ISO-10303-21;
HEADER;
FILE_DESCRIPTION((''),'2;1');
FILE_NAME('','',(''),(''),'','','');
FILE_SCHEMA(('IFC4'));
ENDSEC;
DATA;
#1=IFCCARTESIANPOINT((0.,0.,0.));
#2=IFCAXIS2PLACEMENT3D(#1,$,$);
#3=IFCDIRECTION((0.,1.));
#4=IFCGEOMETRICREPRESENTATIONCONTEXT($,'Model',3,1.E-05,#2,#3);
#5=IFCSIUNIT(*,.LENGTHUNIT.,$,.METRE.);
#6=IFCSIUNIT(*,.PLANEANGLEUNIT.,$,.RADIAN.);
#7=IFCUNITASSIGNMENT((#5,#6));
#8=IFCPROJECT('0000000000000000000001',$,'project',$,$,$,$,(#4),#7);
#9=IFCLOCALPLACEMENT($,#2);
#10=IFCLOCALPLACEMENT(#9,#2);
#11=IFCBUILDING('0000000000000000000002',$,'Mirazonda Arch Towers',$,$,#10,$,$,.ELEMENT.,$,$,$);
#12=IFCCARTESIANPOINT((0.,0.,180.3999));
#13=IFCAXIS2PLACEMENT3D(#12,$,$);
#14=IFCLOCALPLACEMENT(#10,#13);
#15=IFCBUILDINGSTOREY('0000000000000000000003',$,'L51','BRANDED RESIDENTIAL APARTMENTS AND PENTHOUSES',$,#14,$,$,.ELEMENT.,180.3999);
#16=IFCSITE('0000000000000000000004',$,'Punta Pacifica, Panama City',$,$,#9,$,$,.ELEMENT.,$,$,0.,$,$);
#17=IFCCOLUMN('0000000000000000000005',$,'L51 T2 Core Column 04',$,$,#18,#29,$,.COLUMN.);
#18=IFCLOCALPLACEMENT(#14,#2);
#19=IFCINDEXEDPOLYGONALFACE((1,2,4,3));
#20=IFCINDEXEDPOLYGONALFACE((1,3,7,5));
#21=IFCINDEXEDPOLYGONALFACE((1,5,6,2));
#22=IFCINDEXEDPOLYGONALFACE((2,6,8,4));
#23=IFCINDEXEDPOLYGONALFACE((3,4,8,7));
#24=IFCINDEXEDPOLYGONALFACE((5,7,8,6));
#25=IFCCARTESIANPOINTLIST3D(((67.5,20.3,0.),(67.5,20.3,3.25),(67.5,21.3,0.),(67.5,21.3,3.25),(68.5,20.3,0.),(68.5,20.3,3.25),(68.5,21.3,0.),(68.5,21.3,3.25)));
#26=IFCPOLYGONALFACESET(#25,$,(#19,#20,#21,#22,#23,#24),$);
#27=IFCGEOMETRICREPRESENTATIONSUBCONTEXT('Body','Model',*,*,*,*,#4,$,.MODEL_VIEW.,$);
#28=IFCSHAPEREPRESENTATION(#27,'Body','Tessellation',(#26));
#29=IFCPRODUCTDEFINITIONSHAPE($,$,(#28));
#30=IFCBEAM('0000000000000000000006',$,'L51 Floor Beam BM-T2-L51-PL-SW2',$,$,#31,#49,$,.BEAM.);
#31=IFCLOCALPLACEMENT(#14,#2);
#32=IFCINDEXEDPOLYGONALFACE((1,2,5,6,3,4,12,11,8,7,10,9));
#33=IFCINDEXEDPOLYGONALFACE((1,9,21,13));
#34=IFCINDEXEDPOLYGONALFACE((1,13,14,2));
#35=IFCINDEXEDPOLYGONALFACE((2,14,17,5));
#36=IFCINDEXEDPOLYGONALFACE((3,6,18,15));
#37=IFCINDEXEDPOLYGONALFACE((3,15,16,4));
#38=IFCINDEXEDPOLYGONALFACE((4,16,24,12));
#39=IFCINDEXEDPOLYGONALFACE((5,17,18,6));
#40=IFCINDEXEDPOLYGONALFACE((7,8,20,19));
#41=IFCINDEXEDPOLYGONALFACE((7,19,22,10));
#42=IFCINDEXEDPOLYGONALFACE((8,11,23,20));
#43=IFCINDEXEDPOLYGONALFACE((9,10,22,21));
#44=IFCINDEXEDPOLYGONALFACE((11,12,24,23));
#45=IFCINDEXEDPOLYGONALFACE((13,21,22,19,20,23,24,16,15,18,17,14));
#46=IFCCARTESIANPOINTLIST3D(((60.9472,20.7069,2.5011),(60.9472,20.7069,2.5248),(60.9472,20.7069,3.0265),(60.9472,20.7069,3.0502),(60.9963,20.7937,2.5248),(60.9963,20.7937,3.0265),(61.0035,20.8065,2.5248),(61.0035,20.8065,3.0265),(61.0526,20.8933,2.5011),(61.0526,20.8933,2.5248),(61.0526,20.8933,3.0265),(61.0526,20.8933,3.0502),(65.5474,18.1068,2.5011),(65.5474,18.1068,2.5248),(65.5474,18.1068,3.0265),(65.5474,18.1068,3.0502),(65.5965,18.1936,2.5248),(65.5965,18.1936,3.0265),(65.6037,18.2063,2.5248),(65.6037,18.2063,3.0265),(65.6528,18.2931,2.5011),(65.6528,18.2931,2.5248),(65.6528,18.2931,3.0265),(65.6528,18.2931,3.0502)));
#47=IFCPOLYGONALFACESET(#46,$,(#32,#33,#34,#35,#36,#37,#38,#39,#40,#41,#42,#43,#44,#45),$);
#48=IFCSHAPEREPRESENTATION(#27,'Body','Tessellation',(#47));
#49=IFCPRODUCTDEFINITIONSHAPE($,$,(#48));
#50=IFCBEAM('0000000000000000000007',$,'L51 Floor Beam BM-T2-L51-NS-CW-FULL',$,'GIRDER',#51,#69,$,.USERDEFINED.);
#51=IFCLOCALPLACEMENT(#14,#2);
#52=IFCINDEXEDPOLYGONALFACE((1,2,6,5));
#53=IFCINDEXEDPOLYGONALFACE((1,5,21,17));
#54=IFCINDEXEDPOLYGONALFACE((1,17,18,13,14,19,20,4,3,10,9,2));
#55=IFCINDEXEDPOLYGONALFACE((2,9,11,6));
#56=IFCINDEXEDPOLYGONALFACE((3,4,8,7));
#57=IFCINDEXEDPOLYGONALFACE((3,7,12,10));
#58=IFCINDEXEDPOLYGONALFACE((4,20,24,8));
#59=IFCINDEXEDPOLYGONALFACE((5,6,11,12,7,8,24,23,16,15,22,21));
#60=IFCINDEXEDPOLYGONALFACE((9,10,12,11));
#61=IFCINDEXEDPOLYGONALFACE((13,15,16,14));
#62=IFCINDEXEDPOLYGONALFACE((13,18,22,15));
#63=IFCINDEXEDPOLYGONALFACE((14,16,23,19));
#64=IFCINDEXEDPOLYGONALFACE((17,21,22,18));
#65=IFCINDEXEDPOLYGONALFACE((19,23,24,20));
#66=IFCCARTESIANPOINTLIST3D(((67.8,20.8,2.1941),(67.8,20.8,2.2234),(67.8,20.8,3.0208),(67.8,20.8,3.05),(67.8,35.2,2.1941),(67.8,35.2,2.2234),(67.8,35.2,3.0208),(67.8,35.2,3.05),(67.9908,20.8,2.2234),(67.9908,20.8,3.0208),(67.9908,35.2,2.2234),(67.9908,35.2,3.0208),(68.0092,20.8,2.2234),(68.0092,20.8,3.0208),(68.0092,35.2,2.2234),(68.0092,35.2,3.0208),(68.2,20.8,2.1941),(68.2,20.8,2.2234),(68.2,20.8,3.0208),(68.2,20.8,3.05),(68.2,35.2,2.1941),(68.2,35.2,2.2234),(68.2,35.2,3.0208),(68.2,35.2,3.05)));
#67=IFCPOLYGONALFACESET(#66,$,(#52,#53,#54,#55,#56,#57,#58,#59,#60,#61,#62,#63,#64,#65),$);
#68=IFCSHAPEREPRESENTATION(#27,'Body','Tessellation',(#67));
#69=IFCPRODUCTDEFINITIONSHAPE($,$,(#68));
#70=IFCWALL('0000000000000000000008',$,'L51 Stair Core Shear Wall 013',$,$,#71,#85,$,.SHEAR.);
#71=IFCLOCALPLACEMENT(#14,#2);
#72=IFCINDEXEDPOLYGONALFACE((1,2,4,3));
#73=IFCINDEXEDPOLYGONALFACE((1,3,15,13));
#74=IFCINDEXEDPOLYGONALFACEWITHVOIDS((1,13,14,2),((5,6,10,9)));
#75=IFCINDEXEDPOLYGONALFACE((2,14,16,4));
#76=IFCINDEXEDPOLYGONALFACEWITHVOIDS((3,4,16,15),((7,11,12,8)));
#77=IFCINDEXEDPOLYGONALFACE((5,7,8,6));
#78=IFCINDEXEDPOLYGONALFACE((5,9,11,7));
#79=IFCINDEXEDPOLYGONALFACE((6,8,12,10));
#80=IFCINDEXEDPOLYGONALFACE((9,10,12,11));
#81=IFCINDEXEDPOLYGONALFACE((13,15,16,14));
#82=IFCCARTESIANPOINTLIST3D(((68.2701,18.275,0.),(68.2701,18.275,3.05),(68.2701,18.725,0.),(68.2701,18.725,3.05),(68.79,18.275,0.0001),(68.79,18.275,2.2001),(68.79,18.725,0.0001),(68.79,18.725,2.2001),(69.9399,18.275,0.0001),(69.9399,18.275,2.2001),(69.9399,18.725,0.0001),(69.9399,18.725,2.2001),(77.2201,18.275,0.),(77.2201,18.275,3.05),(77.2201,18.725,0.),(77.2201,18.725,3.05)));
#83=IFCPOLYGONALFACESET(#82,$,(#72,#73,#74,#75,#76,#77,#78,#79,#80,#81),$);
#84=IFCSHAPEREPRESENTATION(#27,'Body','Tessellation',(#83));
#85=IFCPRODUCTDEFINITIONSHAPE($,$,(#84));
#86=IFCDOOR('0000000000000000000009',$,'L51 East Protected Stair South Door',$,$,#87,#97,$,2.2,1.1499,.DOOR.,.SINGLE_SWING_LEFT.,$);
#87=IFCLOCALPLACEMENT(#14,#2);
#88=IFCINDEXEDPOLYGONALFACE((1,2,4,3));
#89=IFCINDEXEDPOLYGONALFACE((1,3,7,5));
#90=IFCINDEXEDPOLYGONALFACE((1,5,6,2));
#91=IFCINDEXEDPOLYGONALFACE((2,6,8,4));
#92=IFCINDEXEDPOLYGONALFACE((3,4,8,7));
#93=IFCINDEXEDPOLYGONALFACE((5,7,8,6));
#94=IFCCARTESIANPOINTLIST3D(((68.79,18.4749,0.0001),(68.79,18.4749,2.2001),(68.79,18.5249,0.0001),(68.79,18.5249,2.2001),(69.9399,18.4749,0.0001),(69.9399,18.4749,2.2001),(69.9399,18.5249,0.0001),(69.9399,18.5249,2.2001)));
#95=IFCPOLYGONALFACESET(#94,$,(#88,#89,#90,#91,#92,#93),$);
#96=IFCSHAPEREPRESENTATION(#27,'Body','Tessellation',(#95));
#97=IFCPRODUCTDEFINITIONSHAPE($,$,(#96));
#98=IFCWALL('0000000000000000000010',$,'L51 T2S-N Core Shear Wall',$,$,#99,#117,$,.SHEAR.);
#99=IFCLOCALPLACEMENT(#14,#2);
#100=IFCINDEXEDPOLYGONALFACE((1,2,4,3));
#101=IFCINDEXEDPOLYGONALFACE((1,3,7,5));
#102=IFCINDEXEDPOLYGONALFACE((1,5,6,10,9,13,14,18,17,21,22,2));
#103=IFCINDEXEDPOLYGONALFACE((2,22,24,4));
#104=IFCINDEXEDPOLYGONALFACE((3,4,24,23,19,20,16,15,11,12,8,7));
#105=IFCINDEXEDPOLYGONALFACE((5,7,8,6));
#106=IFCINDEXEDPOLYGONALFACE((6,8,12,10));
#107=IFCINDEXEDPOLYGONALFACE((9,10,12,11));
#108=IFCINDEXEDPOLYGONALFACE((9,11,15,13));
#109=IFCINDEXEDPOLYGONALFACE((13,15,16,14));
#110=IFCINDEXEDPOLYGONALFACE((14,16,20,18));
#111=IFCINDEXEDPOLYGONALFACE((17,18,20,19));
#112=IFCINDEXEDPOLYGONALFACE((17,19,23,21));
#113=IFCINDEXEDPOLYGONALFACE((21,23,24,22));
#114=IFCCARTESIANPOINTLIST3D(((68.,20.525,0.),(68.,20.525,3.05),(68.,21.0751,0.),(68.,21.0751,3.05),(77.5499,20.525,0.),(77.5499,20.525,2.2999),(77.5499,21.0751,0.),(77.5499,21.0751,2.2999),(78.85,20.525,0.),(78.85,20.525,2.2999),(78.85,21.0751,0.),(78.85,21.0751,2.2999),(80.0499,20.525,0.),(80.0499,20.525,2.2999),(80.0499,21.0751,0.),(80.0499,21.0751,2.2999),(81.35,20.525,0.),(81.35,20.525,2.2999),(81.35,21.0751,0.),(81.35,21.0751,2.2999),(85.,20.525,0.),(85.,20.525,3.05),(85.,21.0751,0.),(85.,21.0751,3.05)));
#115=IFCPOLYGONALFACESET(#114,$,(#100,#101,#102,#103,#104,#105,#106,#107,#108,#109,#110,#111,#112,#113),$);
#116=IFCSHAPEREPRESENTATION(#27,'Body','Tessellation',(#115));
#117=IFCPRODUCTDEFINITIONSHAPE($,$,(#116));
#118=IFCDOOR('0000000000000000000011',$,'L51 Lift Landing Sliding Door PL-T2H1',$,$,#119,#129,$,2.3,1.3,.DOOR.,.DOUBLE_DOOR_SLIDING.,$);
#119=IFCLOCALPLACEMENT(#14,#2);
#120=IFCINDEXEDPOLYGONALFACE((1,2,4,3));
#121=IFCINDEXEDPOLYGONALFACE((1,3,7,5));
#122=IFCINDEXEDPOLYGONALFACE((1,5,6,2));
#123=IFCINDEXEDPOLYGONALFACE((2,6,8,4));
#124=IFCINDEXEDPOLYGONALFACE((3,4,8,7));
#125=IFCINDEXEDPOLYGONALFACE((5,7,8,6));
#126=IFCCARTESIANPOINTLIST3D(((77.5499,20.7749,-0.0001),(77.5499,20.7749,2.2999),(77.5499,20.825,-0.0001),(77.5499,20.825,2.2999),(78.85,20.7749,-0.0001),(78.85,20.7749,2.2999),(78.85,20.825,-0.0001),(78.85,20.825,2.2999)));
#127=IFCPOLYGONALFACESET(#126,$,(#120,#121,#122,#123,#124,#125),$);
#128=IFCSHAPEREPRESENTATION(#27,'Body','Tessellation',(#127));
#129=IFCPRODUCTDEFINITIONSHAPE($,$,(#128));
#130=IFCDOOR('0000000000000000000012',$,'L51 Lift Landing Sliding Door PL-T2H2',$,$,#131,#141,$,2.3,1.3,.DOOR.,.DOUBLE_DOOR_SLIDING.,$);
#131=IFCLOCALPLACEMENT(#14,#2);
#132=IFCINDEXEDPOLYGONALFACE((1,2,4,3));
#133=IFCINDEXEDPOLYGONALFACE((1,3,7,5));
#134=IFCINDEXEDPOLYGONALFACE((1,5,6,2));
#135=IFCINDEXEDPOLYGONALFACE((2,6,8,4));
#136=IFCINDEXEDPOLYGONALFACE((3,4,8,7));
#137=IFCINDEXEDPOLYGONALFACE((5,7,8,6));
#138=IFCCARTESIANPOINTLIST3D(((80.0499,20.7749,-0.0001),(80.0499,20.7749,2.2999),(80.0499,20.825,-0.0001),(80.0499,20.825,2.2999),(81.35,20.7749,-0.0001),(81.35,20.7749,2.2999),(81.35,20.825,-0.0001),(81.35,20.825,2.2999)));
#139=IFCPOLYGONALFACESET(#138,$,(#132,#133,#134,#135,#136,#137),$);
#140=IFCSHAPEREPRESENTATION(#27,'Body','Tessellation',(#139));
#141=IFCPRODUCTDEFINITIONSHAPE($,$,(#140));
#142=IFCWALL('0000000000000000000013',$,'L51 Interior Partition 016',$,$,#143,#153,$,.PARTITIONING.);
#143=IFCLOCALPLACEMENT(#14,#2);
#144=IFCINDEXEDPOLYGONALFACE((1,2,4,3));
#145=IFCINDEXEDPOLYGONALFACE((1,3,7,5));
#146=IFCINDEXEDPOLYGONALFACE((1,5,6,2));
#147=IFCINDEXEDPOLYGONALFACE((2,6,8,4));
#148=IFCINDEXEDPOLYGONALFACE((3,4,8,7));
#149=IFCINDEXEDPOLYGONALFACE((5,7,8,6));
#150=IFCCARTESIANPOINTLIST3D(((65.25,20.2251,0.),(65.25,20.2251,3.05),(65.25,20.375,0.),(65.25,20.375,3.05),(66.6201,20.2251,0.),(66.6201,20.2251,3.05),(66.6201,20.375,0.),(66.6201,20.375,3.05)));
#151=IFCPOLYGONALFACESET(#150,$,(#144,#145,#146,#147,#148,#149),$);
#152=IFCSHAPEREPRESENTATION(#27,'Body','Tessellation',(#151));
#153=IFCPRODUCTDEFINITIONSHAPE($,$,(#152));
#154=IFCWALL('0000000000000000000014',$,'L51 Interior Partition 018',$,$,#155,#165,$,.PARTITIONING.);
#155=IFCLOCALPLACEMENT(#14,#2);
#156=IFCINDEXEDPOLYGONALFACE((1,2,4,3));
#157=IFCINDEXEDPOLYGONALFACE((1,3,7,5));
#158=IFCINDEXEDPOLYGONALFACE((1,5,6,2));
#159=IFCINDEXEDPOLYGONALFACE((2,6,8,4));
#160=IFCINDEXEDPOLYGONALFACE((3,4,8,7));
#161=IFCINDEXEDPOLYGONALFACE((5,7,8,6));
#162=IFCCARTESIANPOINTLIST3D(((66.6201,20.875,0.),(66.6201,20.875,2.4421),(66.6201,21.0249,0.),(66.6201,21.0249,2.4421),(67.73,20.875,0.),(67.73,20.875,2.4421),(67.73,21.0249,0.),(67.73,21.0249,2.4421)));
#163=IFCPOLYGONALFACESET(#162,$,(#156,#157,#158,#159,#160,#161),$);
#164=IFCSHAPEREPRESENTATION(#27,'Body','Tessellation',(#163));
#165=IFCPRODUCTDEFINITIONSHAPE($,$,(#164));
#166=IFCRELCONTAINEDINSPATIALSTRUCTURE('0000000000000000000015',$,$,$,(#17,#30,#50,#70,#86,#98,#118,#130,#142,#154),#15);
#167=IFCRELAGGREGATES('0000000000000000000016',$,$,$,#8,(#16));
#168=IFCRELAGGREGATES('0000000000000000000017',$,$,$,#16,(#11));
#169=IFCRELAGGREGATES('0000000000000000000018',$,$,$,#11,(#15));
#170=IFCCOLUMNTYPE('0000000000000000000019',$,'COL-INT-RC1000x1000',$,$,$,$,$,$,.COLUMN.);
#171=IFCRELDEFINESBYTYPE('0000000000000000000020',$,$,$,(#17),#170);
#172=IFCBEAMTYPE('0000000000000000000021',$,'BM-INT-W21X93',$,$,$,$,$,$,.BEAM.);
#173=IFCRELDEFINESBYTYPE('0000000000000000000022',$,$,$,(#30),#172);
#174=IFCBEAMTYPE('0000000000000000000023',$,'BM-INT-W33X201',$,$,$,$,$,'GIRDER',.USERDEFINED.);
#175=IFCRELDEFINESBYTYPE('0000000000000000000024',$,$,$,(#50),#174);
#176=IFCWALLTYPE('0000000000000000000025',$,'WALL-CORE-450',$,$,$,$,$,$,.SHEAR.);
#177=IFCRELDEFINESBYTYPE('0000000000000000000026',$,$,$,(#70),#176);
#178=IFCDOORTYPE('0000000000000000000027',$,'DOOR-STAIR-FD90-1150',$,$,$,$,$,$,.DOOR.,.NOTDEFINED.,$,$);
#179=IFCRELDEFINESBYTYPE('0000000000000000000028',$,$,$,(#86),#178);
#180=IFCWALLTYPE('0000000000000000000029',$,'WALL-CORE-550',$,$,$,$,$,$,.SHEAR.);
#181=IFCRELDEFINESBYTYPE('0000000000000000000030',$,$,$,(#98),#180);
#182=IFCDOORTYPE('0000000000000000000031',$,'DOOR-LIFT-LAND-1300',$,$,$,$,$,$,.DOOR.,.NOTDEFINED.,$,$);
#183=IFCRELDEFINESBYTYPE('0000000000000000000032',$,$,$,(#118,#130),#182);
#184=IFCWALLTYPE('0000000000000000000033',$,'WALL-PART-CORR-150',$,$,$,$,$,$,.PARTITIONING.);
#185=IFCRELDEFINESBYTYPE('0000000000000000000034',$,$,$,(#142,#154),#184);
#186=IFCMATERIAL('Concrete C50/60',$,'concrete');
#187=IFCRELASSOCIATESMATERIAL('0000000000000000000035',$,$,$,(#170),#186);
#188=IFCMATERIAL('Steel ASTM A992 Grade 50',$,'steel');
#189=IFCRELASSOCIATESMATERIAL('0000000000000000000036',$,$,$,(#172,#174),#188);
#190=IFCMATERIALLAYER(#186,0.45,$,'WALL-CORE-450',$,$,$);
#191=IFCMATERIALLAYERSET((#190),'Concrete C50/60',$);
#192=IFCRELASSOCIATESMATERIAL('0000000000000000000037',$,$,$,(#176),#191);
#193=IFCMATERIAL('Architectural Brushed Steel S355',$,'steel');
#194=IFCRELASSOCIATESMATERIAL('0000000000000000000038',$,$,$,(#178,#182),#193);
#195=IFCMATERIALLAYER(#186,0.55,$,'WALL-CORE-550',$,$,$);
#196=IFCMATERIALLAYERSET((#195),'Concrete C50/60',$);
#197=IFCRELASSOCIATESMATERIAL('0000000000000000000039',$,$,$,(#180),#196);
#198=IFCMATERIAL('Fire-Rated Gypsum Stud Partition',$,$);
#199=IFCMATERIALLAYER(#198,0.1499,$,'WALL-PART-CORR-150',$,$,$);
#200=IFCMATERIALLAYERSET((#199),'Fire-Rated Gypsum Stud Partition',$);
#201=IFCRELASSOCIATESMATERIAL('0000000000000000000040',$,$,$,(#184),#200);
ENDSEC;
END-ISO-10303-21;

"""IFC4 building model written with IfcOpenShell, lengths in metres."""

from ifc_helpers import new_model, si_unit, direction, frame, frame_2d, origin, origin_2d, place, context, subcontext, project, spatial, rectangle, i_section, extrude, material, layer, layer_set, material_profile, profile_set, type_object, element, fill, save


model = new_model("IFC4")

# Units and contexts
model_context = context("Model", 3, precision=1e-05, world=origin(), true_north=direction((0.0, 1.0)))
body_context = subcontext(model_context, "Body", "Model", "MODEL_VIEW")
ifc_project = project(units=[si_unit("LENGTHUNIT", "METRE"), si_unit("PLANEANGLEUNIT", "RADIAN")], contexts=[model_context])

# Site, building, storey
site_placement = place(None, origin())
site = spatial("IfcSite", under=ifc_project, at=site_placement, Name="Punta Pacifica, Panama City", CompositionType="ELEMENT", RefElevation=0.0)
building_placement = place(site_placement, origin())
building = spatial("IfcBuilding", under=site, at=building_placement, Name="Mirazonda Arch Towers", CompositionType="ELEMENT")
storey_placement = place(building_placement, frame((0.0, 0.0, 180.3999)))
storey = spatial("IfcBuildingStorey", under=building, at=storey_placement, Name="L51", Description="BRANDED RESIDENTIAL APARTMENTS AND PENTHOUSES", CompositionType="ELEMENT", Elevation=180.3999)

# Column
ifc_material_1 = material(Name="Concrete C50/60", Category="concrete")
ifc_material_profile_1 = material_profile(ifc_material_1, rectangle(XDim=1.0, YDim=1.0, at=origin_2d()), Name="RC1000x1000")
ifc_profile_set_1 = profile_set([ifc_material_profile_1], Name="Concrete C50/60")
column_type = type_object("IfcColumnType", Name="COL-INT-RC1000x1000", PredefinedType="COLUMN", material=ifc_profile_set_1)
column_placement = place(storey_placement, frame((68.0, 20.8, 0.0), z_axis=(0.0, 0.0, 1.0), x_axis=(1.0, 0.0, 0.0)))
element("IfcColumn", 1, at=column_placement, inside=storey, type_object=column_type, Name="L51 T2 Core Column 04", PredefinedType="COLUMN", context=body_context, shape_type="SweptSolid", body=[
    extrude(rectangle(XDim=1.0, YDim=1.0, at=origin_2d()), origin(), (0.0, 0.0, 1.0), 3.25),
])

# Beams
ifc_material_2 = material(Name="Steel ASTM A992 Grade 50", Category="steel")
ifc_material_profile_2 = material_profile(ifc_material_2, i_section(OverallWidth=0.2141, OverallDepth=0.5491, WebThickness=0.0146, FlangeThickness=0.0237, at=origin_2d()), Name="W21X93")
ifc_profile_set_2 = profile_set([ifc_material_profile_2], Name="Steel ASTM A992 Grade 50")
beam_type_1 = type_object("IfcBeamType", Name="BM-INT-W21X93", PredefinedType="BEAM", material=ifc_profile_set_2)
beam_1_placement = place(storey_placement, frame((65.6001, 18.2, 2.7756), z_axis=(-0.870559, 0.492063, 0.0), x_axis=(-0.492063, -0.870559, 0.0)))
element("IfcBeam", 2, at=beam_1_placement, inside=storey, type_object=beam_type_1, Name="L51 Floor Beam BM-T2-L51-PL-SW2", PredefinedType="BEAM", context=body_context, shape_type="SweptSolid", body=[
    extrude(i_section(OverallWidth=0.2141, OverallDepth=0.5491, WebThickness=0.0146, FlangeThickness=0.0237, at=origin_2d()), origin(), (0.0, 0.0, 1.0), 5.2842),
])
ifc_material_profile_3 = material_profile(ifc_material_2, i_section(OverallWidth=0.3999, OverallDepth=0.856, WebThickness=0.0183, FlangeThickness=0.0293, at=origin_2d()), Name="W33X201")
ifc_profile_set_3 = profile_set([ifc_material_profile_3], Name="Steel ASTM A992 Grade 50")
beam_type_2 = type_object("IfcBeamType", Name="BM-INT-W33X201", ElementType="GIRDER", PredefinedType="USERDEFINED", material=ifc_profile_set_3)
beam_2_placement = place(storey_placement, frame((68.0, 20.8, 2.6221), z_axis=(0.0, 1.0, 0.0), x_axis=(-1.0, 0.0, 0.0)))
element("IfcBeam", 3, at=beam_2_placement, inside=storey, type_object=beam_type_2, Name="L51 Floor Beam BM-T2-L51-NS-CW-FULL", ObjectType="GIRDER", PredefinedType="USERDEFINED", context=body_context, shape_type="SweptSolid", body=[
    extrude(i_section(OverallWidth=0.3999, OverallDepth=0.856, WebThickness=0.0183, FlangeThickness=0.0293, at=origin_2d()), origin(), (0.0, 0.0, 1.0), 14.3999),
])

# Wall, opening, door
ifc_layer_1 = layer(ifc_material_1, 0.45, Name="WALL-CORE-450")
ifc_layer_set_1 = layer_set([ifc_layer_1], Name="Concrete C50/60")
wall_type_1 = type_object("IfcWallType", Name="WALL-CORE-450", PredefinedType="SHEAR", material=ifc_layer_set_1)
wall_1_placement = place(storey_placement, frame((68.27, 18.5, 0.0), z_axis=(0.0, 0.0, 1.0), x_axis=(1.0, 0.0, 0.0)))
wall_1 = element("IfcWall", 4, at=wall_1_placement, inside=storey, type_object=wall_type_1, Name="L51 Stair Core Shear Wall 013", PredefinedType="SHEAR", context=body_context, shape_type="SweptSolid", body=[
    extrude(rectangle(XDim=8.95, YDim=0.45, at=frame_2d((4.4751, 0.0))), origin(), (0.0, 0.0, 1.0), 3.05),
])
opening_1_placement = place(wall_1_placement, frame((0.52, 0.0, 0.0)))
opening_1 = element("IfcOpeningElement", 5, at=opening_1_placement, cuts=wall_1, PredefinedType="OPENING", context=body_context, shape_type="SweptSolid", body=[
    extrude(rectangle(XDim=1.1499, YDim=2.2, at=frame_2d((0.575, 1.1001))), frame((0.0, 0.2349, 0.0), z_axis=(0.0, -1.0, 0.0), x_axis=(1.0, 0.0, 0.0)), (0.0, 0.0, 1.0), 0.47),
])
ifc_material_3 = material(Name="Architectural Brushed Steel S355", Category="steel")
door_type_1 = type_object("IfcDoorType", Name="DOOR-STAIR-FD90-1150", OperationType="NOTDEFINED", PredefinedType="DOOR", material=ifc_material_3)
door_1_placement = place(opening_1_placement, origin())
door_1 = element("IfcDoor", 6, at=door_1_placement, inside=storey, type_object=door_type_1, Name="L51 East Protected Stair South Door", OperationType="SINGLE_SWING_LEFT", OverallHeight=2.2, OverallWidth=1.1499, PredefinedType="DOOR", context=body_context, shape_type="SweptSolid", body=[
    extrude(rectangle(XDim=1.1499, YDim=2.2, at=frame_2d((0.575, 1.1001))), frame((0.0, 0.0249, 0.0), z_axis=(0.0, -1.0, 0.0), x_axis=(1.0, 0.0, 0.0)), (0.0, 0.0, 1.0), 0.05),
])
fill(opening_1, door_1)

# Wall, openings, doors
ifc_layer_2 = layer(ifc_material_1, 0.55, Name="WALL-CORE-550")
ifc_layer_set_2 = layer_set([ifc_layer_2], Name="Concrete C50/60")
wall_type_2 = type_object("IfcWallType", Name="WALL-CORE-550", PredefinedType="SHEAR", material=ifc_layer_set_2)
wall_2_placement = place(storey_placement, frame((68.0, 20.8, 0.0), z_axis=(0.0, 0.0, 1.0), x_axis=(1.0, 0.0, 0.0)))
wall_2 = element("IfcWall", 7, at=wall_2_placement, inside=storey, type_object=wall_type_2, Name="L51 T2S-N Core Shear Wall", PredefinedType="SHEAR", context=body_context, shape_type="SweptSolid", body=[
    extrude(rectangle(XDim=17.0, YDim=0.55, at=frame_2d((8.5, 0.0))), origin(), (0.0, 0.0, 1.0), 3.05),
])
opening_2_placement = place(wall_2_placement, frame((9.55, 0.0, 0.0)))
opening_2 = element("IfcOpeningElement", 8, at=opening_2_placement, cuts=wall_2, PredefinedType="OPENING", context=body_context, shape_type="SweptSolid", body=[
    extrude(rectangle(XDim=1.3, YDim=2.3, at=frame_2d((0.6499, 1.1499))), frame((0.0, 0.2849, 0.0), z_axis=(0.0, -1.0, 0.0), x_axis=(1.0, 0.0, 0.0)), (0.0, 0.0, 1.0), 0.5701),
])
opening_3_placement = place(wall_2_placement, frame((12.05, 0.0, 0.0)))
opening_3 = element("IfcOpeningElement", 9, at=opening_3_placement, cuts=wall_2, PredefinedType="OPENING", context=body_context, shape_type="SweptSolid", body=[
    extrude(rectangle(XDim=1.3, YDim=2.3, at=frame_2d((0.6499, 1.1499))), frame((0.0, 0.2849, 0.0), z_axis=(0.0, -1.0, 0.0), x_axis=(1.0, 0.0, 0.0)), (0.0, 0.0, 1.0), 0.5701),
])
door_type_2 = type_object("IfcDoorType", Name="DOOR-LIFT-LAND-1300", OperationType="NOTDEFINED", PredefinedType="DOOR", material=ifc_material_3)
door_2_placement = place(opening_2_placement, origin())
door_2 = element("IfcDoor", 10, at=door_2_placement, inside=storey, type_object=door_type_2, Name="L51 Lift Landing Sliding Door PL-T2H1", OperationType="DOUBLE_DOOR_SLIDING", OverallHeight=2.3, OverallWidth=1.3, PredefinedType="DOOR", context=body_context, shape_type="SweptSolid", body=[
    extrude(rectangle(XDim=1.3, YDim=2.3, at=frame_2d((0.6499, 1.1499))), frame((0.0, 0.0249, 0.0), z_axis=(0.0, -1.0, 0.0), x_axis=(1.0, 0.0, 0.0)), (0.0, 0.0, 1.0), 0.05),
])
fill(opening_2, door_2)
door_3_placement = place(opening_3_placement, origin())
door_3 = element("IfcDoor", 11, at=door_3_placement, inside=storey, type_object=door_type_2, Name="L51 Lift Landing Sliding Door PL-T2H2", OperationType="DOUBLE_DOOR_SLIDING", OverallHeight=2.3, OverallWidth=1.3, PredefinedType="DOOR", context=body_context, shape_type="SweptSolid", body=[
    extrude(rectangle(XDim=1.3, YDim=2.3, at=frame_2d((0.6499, 1.1499))), frame((0.0, 0.0249, 0.0), z_axis=(0.0, -1.0, 0.0), x_axis=(1.0, 0.0, 0.0)), (0.0, 0.0, 1.0), 0.05),
])
fill(opening_3, door_3)

# Walls
ifc_material_4 = material(Name="Fire-Rated Gypsum Stud Partition")
ifc_layer_3 = layer(ifc_material_4, 0.1499, Name="WALL-PART-CORR-150")
ifc_layer_set_3 = layer_set([ifc_layer_3], Name="Fire-Rated Gypsum Stud Partition")
wall_type_3 = type_object("IfcWallType", Name="WALL-PART-CORR-150", PredefinedType="PARTITIONING", material=ifc_layer_set_3)
wall_3_placement = place(storey_placement, frame((65.25, 20.3, 0.0), z_axis=(0.0, 0.0, 1.0), x_axis=(1.0, 0.0, 0.0)))
element("IfcWall", 12, at=wall_3_placement, inside=storey, type_object=wall_type_3, Name="L51 Interior Partition 016", PredefinedType="PARTITIONING", context=body_context, shape_type="SweptSolid", body=[
    extrude(rectangle(XDim=1.3701, YDim=0.1499, at=frame_2d((0.6851, 0.0))), origin(), (0.0, 0.0, 1.0), 3.05),
])
wall_4_placement = place(storey_placement, frame((66.6201, 20.95, 0.0), z_axis=(0.0, 0.0, 1.0), x_axis=(1.0, 0.0, 0.0)))
element("IfcWall", 13, at=wall_4_placement, inside=storey, type_object=wall_type_3, Name="L51 Interior Partition 018", PredefinedType="PARTITIONING", context=body_context, shape_type="SweptSolid", body=[
    extrude(rectangle(XDim=1.1099, YDim=0.1499, at=frame_2d((0.5549, 0.0))), origin(), (0.0, 0.0, 1.0), 2.4421),
])

save(model, "model.ifc")
